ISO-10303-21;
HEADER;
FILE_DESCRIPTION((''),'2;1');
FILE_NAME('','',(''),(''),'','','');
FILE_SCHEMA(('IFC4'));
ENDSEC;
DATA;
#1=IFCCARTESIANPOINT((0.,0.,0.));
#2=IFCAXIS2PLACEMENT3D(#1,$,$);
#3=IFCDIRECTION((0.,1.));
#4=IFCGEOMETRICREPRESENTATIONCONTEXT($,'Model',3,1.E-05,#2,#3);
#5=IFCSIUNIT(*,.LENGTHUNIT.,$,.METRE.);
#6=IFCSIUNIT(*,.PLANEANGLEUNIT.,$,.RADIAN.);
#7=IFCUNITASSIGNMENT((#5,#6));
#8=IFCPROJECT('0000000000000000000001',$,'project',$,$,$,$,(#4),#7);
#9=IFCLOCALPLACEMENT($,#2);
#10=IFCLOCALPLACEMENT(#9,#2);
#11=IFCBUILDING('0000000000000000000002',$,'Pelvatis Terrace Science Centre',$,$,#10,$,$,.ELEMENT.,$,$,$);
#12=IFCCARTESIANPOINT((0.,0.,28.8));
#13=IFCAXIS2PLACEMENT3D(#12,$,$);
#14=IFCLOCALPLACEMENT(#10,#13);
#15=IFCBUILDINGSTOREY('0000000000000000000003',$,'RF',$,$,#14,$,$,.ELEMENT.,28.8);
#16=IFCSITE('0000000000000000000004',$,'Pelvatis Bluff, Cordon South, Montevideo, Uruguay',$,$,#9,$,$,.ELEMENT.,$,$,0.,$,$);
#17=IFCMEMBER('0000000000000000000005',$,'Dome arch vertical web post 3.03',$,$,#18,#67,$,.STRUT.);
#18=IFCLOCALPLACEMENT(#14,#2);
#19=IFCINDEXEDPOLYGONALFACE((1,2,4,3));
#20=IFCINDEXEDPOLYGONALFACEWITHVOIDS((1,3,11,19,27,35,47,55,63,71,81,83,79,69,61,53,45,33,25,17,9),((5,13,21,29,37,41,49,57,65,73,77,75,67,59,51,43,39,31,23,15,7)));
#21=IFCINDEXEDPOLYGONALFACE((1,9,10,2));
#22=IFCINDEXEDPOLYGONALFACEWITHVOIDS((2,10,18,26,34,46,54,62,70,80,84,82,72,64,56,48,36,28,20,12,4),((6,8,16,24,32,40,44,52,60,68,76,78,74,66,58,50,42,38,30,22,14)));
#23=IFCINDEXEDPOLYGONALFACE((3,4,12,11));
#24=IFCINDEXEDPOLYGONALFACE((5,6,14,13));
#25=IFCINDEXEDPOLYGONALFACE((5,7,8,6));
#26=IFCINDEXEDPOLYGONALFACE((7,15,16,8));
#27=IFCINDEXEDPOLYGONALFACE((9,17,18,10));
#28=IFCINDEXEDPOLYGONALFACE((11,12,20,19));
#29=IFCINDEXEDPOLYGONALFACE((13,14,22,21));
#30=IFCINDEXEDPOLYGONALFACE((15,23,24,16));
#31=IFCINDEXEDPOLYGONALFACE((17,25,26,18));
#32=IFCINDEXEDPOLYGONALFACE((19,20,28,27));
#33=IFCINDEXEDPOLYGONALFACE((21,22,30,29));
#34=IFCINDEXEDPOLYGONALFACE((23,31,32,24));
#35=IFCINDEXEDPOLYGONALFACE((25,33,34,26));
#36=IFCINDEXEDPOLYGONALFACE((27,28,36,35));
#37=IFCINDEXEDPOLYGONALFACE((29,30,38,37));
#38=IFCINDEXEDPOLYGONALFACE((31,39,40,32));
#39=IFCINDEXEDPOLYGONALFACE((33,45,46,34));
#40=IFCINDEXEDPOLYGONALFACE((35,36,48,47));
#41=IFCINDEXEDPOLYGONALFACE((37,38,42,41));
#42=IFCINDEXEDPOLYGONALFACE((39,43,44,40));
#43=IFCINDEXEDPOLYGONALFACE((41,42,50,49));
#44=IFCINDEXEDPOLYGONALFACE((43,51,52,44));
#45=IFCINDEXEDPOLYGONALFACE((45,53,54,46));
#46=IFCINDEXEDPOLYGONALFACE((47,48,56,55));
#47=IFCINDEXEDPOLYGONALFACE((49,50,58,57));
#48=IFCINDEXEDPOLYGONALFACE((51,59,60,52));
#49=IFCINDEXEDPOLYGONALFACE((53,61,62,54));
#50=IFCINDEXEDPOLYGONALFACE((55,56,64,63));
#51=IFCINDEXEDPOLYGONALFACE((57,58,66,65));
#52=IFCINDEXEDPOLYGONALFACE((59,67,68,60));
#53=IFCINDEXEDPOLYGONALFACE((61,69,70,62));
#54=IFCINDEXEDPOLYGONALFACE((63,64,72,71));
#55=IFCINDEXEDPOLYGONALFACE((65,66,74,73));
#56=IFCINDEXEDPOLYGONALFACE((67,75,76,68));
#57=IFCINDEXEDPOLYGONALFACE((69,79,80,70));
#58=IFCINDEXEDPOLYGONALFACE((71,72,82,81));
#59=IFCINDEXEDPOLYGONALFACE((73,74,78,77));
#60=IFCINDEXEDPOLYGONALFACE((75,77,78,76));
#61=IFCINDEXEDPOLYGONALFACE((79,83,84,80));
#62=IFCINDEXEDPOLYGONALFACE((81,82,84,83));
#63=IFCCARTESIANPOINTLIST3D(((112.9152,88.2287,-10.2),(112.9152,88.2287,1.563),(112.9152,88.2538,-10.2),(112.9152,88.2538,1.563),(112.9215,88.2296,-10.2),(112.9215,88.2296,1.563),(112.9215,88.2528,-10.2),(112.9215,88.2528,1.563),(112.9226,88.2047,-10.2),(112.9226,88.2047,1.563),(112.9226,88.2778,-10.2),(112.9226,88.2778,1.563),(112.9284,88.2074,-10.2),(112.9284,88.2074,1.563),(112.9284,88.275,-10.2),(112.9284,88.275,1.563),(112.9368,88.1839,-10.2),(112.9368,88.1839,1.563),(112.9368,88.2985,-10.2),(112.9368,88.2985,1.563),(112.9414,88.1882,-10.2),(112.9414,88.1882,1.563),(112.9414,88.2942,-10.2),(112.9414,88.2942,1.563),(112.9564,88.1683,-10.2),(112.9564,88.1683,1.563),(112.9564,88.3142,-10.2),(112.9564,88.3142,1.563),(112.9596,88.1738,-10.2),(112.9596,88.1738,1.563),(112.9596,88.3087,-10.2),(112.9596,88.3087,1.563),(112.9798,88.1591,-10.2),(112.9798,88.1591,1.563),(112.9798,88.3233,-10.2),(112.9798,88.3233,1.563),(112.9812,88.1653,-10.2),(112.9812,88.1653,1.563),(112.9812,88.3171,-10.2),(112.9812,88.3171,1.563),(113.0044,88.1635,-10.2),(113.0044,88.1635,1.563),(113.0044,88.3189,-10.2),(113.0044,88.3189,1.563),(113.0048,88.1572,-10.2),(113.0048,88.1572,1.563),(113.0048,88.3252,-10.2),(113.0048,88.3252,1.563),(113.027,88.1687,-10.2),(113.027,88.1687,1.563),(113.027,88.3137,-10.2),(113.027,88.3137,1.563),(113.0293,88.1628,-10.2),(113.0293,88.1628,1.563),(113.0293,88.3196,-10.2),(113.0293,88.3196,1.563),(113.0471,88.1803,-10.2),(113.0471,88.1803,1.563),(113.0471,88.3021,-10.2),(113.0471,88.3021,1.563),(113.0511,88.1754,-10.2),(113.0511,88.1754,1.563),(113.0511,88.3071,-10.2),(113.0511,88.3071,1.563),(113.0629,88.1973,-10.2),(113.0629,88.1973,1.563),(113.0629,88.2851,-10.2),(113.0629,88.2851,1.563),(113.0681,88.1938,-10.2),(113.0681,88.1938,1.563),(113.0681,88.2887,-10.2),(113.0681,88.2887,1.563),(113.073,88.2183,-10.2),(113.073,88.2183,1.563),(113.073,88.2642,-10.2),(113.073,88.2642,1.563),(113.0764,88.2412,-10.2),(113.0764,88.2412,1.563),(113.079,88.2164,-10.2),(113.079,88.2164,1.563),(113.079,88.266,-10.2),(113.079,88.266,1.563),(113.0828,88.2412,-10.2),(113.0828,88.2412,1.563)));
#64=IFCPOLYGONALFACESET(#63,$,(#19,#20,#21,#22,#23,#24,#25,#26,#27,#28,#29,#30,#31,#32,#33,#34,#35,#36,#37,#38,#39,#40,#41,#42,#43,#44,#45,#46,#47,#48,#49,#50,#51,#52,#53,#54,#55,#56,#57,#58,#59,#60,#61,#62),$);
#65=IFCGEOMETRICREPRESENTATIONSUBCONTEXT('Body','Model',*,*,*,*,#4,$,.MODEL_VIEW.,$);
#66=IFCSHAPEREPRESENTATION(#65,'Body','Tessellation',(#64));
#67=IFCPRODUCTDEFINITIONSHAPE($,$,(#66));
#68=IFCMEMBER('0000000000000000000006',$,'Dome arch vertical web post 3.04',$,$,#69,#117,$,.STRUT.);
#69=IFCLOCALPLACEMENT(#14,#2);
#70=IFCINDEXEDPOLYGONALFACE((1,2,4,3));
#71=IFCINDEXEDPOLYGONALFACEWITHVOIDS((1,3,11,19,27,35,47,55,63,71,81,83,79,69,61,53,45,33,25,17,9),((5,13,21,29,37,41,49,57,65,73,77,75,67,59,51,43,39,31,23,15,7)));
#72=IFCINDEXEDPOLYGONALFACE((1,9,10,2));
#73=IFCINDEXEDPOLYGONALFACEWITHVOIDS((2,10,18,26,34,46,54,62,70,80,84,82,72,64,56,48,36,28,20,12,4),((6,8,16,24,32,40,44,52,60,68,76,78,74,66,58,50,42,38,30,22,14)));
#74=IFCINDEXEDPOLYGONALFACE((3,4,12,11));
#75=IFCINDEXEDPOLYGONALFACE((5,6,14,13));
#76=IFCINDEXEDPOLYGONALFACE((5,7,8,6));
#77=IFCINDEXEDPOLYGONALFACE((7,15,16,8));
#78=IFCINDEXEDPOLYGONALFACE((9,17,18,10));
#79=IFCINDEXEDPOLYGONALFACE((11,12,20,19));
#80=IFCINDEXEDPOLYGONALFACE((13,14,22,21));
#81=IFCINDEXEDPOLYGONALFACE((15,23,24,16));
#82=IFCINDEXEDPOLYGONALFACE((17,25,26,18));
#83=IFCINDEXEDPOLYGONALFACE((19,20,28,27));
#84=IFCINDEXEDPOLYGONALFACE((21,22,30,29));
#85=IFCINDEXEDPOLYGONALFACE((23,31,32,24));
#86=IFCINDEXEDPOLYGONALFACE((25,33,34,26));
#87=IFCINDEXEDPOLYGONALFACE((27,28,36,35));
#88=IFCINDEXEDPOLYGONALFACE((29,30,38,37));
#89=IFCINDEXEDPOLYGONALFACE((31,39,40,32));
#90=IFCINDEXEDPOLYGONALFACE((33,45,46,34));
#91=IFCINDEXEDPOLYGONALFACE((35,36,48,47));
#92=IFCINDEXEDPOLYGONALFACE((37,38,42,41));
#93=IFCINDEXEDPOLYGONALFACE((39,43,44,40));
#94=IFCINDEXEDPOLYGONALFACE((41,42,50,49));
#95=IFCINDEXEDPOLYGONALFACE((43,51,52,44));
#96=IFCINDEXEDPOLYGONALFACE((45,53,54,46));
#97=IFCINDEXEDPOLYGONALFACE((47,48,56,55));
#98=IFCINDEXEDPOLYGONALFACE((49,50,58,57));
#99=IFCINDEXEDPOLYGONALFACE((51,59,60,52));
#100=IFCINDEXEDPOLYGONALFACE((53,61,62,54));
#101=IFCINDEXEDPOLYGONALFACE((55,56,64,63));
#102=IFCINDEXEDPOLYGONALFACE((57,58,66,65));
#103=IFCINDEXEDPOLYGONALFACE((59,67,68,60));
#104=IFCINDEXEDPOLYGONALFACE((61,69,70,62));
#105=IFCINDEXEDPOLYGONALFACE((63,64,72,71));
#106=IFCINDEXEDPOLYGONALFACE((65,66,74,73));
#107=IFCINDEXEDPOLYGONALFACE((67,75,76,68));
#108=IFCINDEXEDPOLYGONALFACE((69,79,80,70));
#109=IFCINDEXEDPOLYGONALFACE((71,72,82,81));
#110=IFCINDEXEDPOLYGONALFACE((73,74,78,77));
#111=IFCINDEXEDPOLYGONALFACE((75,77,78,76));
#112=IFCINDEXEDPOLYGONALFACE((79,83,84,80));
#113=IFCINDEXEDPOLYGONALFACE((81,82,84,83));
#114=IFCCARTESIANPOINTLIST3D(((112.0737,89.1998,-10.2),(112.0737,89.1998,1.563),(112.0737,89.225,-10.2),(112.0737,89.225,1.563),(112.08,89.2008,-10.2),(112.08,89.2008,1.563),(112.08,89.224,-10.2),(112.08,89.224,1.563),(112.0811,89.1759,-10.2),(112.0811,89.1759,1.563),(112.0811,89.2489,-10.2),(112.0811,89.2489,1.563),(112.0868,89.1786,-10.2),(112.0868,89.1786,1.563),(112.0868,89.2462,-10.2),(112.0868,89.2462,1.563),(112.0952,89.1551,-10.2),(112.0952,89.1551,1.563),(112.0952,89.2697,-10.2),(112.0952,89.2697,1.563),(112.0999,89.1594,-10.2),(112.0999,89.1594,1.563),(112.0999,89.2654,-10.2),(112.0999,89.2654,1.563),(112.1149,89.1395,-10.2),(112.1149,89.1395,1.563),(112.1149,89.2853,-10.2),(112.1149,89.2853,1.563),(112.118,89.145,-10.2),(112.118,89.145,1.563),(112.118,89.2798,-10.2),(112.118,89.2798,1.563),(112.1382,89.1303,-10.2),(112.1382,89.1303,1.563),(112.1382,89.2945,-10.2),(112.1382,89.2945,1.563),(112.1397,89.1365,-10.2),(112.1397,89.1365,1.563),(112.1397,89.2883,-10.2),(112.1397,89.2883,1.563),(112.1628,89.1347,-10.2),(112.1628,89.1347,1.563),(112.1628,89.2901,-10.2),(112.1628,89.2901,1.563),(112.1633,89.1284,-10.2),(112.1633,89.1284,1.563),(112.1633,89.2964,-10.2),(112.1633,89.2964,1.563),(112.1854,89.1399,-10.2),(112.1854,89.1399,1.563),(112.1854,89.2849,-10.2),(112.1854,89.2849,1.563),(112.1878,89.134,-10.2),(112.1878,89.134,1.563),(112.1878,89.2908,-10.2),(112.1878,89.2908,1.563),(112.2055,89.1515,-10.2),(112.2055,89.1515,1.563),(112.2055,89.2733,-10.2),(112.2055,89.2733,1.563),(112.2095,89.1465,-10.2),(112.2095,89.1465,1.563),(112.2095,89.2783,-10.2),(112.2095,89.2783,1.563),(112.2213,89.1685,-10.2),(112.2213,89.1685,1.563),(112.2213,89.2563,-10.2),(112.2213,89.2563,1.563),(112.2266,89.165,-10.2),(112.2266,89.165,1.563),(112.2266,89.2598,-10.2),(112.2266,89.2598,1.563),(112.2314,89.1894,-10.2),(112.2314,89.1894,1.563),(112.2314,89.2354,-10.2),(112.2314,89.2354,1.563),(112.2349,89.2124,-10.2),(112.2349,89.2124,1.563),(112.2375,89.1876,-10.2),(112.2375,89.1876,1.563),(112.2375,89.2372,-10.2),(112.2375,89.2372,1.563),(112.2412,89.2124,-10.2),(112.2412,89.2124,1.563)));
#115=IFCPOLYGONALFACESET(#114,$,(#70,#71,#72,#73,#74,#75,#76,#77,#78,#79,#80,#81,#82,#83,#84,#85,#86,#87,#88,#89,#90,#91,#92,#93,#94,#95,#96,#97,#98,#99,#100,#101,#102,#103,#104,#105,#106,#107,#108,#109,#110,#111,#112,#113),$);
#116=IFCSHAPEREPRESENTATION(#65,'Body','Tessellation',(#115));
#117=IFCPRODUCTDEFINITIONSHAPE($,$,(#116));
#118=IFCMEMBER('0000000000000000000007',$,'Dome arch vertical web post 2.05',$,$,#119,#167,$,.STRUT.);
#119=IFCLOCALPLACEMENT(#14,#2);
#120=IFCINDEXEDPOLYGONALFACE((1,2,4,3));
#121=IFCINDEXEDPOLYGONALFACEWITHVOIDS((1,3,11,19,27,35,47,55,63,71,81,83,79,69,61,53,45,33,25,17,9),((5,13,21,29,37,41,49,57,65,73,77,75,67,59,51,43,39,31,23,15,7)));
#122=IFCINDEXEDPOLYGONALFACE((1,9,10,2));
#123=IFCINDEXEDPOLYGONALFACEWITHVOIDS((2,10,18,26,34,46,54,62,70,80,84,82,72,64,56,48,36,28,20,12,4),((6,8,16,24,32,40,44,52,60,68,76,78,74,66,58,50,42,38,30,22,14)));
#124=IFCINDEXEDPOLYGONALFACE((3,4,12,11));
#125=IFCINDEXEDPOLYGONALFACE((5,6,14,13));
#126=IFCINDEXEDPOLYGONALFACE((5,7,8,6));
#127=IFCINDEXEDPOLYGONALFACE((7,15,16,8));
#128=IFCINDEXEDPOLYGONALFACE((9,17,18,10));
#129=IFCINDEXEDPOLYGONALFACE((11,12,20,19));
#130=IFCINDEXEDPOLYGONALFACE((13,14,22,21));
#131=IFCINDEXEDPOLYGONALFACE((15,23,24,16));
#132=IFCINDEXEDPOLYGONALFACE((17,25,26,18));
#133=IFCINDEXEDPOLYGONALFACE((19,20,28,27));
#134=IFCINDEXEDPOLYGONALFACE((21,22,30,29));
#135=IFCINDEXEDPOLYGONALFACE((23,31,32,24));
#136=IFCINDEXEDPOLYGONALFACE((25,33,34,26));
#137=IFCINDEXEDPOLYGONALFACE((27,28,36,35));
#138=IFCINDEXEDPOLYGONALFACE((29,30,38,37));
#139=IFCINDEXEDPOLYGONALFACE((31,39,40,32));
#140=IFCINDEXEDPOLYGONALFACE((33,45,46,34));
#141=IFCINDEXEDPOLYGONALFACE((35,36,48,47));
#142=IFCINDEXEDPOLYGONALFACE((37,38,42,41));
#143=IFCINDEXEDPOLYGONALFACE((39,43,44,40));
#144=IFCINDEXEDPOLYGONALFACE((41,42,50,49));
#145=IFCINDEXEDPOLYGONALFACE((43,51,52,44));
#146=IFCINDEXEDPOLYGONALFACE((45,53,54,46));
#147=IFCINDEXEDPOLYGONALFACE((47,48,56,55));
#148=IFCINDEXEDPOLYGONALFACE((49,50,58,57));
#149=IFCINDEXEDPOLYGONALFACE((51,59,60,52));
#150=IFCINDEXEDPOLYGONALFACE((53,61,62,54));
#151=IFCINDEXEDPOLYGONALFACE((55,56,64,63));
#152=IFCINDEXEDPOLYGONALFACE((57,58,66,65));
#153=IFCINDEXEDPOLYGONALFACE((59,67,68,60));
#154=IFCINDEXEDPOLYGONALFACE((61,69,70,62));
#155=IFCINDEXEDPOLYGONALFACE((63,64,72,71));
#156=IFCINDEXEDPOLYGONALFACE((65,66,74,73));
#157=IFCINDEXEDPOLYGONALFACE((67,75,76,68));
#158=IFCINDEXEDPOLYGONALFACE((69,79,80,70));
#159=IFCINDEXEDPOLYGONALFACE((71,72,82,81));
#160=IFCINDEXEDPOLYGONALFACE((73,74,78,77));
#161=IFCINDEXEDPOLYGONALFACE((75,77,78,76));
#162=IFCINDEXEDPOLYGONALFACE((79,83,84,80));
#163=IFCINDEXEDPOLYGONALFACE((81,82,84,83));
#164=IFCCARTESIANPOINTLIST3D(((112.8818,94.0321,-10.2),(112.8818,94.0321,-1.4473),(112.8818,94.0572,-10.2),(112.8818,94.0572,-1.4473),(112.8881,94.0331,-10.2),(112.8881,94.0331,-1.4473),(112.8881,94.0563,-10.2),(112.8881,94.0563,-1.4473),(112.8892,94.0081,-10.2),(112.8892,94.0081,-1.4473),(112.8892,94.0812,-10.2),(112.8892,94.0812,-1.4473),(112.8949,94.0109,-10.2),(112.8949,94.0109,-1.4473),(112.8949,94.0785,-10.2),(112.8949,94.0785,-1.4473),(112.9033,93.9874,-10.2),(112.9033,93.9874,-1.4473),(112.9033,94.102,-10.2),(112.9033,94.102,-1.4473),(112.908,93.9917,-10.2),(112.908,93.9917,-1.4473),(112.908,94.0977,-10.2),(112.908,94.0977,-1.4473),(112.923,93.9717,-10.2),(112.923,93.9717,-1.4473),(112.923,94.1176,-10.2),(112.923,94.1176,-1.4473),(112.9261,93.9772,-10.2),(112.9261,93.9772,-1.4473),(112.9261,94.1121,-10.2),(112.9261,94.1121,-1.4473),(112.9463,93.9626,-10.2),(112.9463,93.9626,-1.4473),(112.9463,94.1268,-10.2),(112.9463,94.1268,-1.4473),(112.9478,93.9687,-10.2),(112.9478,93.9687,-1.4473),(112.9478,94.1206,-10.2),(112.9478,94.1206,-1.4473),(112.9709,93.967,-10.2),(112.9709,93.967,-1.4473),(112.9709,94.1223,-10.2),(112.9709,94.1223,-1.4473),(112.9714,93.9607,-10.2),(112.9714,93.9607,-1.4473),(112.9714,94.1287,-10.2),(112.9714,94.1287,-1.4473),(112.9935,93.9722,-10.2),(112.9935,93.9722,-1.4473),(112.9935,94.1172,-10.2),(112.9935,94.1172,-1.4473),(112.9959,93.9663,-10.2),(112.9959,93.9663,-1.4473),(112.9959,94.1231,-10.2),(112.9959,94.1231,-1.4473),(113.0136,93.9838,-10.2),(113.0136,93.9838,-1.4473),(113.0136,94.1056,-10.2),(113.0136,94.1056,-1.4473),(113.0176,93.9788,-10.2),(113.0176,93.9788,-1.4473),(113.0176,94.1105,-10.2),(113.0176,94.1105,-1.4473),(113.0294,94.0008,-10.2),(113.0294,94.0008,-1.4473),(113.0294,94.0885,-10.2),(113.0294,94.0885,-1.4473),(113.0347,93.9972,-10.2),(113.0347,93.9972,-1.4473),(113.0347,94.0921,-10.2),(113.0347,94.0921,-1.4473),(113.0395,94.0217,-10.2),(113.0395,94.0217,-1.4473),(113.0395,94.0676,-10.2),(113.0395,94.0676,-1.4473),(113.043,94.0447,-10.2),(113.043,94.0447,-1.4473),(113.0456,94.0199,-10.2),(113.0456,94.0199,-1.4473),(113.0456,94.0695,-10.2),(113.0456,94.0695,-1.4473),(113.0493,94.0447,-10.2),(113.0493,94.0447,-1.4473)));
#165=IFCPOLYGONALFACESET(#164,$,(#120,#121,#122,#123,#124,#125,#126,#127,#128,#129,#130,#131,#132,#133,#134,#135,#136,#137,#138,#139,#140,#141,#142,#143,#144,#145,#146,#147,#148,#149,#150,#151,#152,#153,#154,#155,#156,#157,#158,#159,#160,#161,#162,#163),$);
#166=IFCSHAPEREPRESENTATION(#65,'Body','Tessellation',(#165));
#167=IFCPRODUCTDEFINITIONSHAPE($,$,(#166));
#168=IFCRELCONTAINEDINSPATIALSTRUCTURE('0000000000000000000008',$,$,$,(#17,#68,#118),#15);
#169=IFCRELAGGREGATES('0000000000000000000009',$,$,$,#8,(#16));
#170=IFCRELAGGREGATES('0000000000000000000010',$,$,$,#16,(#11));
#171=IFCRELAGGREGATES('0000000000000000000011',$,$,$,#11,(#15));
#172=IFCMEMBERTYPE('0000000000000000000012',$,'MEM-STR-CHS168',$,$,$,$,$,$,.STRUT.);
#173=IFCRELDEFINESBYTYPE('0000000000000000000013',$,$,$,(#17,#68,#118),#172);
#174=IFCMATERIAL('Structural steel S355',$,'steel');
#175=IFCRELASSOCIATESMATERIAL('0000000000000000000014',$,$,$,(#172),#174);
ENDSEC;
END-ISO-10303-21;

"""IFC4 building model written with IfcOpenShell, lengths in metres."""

from ifc_helpers import new_model, si_unit, direction, frame, origin, origin_2d, place, context, subcontext, project, spatial, hollow_circle, extrude, material, material_profile, profile_set, type_object, element, save


model = new_model("IFC4")

# Units and contexts
model_context = context("Model", 3, precision=1e-05, world=origin(), true_north=direction((0.0, 1.0)))
body_context = subcontext(model_context, "Body", "Model", "MODEL_VIEW")
ifc_project = project(units=[si_unit("LENGTHUNIT", "METRE"), si_unit("PLANEANGLEUNIT", "RADIAN")], contexts=[model_context])

# Site, building, storey
site_placement = place(None, origin())
site = spatial("IfcSite", under=ifc_project, at=site_placement, Name="Pelvatis Bluff, Cordon South, Montevideo, Uruguay", CompositionType="ELEMENT", RefElevation=0.0)
building_placement = place(site_placement, origin())
building = spatial("IfcBuilding", under=site, at=building_placement, Name="Pelvatis Terrace Science Centre", CompositionType="ELEMENT")
storey_placement = place(building_placement, frame((0.0, 0.0, 28.8)))
storey = spatial("IfcBuildingStorey", under=building, at=storey_placement, Name="RF", CompositionType="ELEMENT", Elevation=28.8)

# Members
ifc_material_1 = material(Name="Structural steel S355", Category="steel")
ifc_material_profile_1 = material_profile(ifc_material_1, hollow_circle(Radius=0.0842, WallThickness=0.0063, at=origin_2d()), Name="CHS 168.3x6.3")
ifc_profile_set_1 = profile_set([ifc_material_profile_1], Name="Structural steel S355")
member_type_1 = type_object("IfcMemberType", Name="MEM-STR-CHS168", PredefinedType="STRUT", material=ifc_profile_set_1)
for number, where, z_axis, x_axis, name in (
    (1, (112.9985, 88.2412, -10.2), (0.0, 0.0, 1.0), (1.0, 0.0, 0.0), "Dome arch vertical web post 3.03"),
    (2, (112.157, 89.2124, -10.2), (0.0, 0.0, 1.0), (1.0, 0.0, 0.0), "Dome arch vertical web post 3.04"),
):
    element("IfcMember", number, at=place(storey_placement, frame(where, z_axis=z_axis, x_axis=x_axis)), inside=storey, type_object=member_type_1, Name=name, PredefinedType="STRUT", context=body_context, shape_type="SweptSolid", body=[
        extrude(hollow_circle(Radius=0.0842, WallThickness=0.0063, at=origin_2d()), origin(), (0.0, 0.0, 1.0), 11.7629),
    ])
member_1_placement = place(storey_placement, frame((112.9651, 94.0447, -10.2), z_axis=(0.0, 0.0, 1.0), x_axis=(1.0, 0.0, 0.0)))
element("IfcMember", 3, at=member_1_placement, inside=storey, type_object=member_type_1, Name="Dome arch vertical web post 2.05", PredefinedType="STRUT", context=body_context, shape_type="SweptSolid", body=[
    extrude(hollow_circle(Radius=0.0842, WallThickness=0.0063, at=origin_2d()), origin(), (0.0, 0.0, 1.0), 8.7527),
])

save(model, "model.ifc")
